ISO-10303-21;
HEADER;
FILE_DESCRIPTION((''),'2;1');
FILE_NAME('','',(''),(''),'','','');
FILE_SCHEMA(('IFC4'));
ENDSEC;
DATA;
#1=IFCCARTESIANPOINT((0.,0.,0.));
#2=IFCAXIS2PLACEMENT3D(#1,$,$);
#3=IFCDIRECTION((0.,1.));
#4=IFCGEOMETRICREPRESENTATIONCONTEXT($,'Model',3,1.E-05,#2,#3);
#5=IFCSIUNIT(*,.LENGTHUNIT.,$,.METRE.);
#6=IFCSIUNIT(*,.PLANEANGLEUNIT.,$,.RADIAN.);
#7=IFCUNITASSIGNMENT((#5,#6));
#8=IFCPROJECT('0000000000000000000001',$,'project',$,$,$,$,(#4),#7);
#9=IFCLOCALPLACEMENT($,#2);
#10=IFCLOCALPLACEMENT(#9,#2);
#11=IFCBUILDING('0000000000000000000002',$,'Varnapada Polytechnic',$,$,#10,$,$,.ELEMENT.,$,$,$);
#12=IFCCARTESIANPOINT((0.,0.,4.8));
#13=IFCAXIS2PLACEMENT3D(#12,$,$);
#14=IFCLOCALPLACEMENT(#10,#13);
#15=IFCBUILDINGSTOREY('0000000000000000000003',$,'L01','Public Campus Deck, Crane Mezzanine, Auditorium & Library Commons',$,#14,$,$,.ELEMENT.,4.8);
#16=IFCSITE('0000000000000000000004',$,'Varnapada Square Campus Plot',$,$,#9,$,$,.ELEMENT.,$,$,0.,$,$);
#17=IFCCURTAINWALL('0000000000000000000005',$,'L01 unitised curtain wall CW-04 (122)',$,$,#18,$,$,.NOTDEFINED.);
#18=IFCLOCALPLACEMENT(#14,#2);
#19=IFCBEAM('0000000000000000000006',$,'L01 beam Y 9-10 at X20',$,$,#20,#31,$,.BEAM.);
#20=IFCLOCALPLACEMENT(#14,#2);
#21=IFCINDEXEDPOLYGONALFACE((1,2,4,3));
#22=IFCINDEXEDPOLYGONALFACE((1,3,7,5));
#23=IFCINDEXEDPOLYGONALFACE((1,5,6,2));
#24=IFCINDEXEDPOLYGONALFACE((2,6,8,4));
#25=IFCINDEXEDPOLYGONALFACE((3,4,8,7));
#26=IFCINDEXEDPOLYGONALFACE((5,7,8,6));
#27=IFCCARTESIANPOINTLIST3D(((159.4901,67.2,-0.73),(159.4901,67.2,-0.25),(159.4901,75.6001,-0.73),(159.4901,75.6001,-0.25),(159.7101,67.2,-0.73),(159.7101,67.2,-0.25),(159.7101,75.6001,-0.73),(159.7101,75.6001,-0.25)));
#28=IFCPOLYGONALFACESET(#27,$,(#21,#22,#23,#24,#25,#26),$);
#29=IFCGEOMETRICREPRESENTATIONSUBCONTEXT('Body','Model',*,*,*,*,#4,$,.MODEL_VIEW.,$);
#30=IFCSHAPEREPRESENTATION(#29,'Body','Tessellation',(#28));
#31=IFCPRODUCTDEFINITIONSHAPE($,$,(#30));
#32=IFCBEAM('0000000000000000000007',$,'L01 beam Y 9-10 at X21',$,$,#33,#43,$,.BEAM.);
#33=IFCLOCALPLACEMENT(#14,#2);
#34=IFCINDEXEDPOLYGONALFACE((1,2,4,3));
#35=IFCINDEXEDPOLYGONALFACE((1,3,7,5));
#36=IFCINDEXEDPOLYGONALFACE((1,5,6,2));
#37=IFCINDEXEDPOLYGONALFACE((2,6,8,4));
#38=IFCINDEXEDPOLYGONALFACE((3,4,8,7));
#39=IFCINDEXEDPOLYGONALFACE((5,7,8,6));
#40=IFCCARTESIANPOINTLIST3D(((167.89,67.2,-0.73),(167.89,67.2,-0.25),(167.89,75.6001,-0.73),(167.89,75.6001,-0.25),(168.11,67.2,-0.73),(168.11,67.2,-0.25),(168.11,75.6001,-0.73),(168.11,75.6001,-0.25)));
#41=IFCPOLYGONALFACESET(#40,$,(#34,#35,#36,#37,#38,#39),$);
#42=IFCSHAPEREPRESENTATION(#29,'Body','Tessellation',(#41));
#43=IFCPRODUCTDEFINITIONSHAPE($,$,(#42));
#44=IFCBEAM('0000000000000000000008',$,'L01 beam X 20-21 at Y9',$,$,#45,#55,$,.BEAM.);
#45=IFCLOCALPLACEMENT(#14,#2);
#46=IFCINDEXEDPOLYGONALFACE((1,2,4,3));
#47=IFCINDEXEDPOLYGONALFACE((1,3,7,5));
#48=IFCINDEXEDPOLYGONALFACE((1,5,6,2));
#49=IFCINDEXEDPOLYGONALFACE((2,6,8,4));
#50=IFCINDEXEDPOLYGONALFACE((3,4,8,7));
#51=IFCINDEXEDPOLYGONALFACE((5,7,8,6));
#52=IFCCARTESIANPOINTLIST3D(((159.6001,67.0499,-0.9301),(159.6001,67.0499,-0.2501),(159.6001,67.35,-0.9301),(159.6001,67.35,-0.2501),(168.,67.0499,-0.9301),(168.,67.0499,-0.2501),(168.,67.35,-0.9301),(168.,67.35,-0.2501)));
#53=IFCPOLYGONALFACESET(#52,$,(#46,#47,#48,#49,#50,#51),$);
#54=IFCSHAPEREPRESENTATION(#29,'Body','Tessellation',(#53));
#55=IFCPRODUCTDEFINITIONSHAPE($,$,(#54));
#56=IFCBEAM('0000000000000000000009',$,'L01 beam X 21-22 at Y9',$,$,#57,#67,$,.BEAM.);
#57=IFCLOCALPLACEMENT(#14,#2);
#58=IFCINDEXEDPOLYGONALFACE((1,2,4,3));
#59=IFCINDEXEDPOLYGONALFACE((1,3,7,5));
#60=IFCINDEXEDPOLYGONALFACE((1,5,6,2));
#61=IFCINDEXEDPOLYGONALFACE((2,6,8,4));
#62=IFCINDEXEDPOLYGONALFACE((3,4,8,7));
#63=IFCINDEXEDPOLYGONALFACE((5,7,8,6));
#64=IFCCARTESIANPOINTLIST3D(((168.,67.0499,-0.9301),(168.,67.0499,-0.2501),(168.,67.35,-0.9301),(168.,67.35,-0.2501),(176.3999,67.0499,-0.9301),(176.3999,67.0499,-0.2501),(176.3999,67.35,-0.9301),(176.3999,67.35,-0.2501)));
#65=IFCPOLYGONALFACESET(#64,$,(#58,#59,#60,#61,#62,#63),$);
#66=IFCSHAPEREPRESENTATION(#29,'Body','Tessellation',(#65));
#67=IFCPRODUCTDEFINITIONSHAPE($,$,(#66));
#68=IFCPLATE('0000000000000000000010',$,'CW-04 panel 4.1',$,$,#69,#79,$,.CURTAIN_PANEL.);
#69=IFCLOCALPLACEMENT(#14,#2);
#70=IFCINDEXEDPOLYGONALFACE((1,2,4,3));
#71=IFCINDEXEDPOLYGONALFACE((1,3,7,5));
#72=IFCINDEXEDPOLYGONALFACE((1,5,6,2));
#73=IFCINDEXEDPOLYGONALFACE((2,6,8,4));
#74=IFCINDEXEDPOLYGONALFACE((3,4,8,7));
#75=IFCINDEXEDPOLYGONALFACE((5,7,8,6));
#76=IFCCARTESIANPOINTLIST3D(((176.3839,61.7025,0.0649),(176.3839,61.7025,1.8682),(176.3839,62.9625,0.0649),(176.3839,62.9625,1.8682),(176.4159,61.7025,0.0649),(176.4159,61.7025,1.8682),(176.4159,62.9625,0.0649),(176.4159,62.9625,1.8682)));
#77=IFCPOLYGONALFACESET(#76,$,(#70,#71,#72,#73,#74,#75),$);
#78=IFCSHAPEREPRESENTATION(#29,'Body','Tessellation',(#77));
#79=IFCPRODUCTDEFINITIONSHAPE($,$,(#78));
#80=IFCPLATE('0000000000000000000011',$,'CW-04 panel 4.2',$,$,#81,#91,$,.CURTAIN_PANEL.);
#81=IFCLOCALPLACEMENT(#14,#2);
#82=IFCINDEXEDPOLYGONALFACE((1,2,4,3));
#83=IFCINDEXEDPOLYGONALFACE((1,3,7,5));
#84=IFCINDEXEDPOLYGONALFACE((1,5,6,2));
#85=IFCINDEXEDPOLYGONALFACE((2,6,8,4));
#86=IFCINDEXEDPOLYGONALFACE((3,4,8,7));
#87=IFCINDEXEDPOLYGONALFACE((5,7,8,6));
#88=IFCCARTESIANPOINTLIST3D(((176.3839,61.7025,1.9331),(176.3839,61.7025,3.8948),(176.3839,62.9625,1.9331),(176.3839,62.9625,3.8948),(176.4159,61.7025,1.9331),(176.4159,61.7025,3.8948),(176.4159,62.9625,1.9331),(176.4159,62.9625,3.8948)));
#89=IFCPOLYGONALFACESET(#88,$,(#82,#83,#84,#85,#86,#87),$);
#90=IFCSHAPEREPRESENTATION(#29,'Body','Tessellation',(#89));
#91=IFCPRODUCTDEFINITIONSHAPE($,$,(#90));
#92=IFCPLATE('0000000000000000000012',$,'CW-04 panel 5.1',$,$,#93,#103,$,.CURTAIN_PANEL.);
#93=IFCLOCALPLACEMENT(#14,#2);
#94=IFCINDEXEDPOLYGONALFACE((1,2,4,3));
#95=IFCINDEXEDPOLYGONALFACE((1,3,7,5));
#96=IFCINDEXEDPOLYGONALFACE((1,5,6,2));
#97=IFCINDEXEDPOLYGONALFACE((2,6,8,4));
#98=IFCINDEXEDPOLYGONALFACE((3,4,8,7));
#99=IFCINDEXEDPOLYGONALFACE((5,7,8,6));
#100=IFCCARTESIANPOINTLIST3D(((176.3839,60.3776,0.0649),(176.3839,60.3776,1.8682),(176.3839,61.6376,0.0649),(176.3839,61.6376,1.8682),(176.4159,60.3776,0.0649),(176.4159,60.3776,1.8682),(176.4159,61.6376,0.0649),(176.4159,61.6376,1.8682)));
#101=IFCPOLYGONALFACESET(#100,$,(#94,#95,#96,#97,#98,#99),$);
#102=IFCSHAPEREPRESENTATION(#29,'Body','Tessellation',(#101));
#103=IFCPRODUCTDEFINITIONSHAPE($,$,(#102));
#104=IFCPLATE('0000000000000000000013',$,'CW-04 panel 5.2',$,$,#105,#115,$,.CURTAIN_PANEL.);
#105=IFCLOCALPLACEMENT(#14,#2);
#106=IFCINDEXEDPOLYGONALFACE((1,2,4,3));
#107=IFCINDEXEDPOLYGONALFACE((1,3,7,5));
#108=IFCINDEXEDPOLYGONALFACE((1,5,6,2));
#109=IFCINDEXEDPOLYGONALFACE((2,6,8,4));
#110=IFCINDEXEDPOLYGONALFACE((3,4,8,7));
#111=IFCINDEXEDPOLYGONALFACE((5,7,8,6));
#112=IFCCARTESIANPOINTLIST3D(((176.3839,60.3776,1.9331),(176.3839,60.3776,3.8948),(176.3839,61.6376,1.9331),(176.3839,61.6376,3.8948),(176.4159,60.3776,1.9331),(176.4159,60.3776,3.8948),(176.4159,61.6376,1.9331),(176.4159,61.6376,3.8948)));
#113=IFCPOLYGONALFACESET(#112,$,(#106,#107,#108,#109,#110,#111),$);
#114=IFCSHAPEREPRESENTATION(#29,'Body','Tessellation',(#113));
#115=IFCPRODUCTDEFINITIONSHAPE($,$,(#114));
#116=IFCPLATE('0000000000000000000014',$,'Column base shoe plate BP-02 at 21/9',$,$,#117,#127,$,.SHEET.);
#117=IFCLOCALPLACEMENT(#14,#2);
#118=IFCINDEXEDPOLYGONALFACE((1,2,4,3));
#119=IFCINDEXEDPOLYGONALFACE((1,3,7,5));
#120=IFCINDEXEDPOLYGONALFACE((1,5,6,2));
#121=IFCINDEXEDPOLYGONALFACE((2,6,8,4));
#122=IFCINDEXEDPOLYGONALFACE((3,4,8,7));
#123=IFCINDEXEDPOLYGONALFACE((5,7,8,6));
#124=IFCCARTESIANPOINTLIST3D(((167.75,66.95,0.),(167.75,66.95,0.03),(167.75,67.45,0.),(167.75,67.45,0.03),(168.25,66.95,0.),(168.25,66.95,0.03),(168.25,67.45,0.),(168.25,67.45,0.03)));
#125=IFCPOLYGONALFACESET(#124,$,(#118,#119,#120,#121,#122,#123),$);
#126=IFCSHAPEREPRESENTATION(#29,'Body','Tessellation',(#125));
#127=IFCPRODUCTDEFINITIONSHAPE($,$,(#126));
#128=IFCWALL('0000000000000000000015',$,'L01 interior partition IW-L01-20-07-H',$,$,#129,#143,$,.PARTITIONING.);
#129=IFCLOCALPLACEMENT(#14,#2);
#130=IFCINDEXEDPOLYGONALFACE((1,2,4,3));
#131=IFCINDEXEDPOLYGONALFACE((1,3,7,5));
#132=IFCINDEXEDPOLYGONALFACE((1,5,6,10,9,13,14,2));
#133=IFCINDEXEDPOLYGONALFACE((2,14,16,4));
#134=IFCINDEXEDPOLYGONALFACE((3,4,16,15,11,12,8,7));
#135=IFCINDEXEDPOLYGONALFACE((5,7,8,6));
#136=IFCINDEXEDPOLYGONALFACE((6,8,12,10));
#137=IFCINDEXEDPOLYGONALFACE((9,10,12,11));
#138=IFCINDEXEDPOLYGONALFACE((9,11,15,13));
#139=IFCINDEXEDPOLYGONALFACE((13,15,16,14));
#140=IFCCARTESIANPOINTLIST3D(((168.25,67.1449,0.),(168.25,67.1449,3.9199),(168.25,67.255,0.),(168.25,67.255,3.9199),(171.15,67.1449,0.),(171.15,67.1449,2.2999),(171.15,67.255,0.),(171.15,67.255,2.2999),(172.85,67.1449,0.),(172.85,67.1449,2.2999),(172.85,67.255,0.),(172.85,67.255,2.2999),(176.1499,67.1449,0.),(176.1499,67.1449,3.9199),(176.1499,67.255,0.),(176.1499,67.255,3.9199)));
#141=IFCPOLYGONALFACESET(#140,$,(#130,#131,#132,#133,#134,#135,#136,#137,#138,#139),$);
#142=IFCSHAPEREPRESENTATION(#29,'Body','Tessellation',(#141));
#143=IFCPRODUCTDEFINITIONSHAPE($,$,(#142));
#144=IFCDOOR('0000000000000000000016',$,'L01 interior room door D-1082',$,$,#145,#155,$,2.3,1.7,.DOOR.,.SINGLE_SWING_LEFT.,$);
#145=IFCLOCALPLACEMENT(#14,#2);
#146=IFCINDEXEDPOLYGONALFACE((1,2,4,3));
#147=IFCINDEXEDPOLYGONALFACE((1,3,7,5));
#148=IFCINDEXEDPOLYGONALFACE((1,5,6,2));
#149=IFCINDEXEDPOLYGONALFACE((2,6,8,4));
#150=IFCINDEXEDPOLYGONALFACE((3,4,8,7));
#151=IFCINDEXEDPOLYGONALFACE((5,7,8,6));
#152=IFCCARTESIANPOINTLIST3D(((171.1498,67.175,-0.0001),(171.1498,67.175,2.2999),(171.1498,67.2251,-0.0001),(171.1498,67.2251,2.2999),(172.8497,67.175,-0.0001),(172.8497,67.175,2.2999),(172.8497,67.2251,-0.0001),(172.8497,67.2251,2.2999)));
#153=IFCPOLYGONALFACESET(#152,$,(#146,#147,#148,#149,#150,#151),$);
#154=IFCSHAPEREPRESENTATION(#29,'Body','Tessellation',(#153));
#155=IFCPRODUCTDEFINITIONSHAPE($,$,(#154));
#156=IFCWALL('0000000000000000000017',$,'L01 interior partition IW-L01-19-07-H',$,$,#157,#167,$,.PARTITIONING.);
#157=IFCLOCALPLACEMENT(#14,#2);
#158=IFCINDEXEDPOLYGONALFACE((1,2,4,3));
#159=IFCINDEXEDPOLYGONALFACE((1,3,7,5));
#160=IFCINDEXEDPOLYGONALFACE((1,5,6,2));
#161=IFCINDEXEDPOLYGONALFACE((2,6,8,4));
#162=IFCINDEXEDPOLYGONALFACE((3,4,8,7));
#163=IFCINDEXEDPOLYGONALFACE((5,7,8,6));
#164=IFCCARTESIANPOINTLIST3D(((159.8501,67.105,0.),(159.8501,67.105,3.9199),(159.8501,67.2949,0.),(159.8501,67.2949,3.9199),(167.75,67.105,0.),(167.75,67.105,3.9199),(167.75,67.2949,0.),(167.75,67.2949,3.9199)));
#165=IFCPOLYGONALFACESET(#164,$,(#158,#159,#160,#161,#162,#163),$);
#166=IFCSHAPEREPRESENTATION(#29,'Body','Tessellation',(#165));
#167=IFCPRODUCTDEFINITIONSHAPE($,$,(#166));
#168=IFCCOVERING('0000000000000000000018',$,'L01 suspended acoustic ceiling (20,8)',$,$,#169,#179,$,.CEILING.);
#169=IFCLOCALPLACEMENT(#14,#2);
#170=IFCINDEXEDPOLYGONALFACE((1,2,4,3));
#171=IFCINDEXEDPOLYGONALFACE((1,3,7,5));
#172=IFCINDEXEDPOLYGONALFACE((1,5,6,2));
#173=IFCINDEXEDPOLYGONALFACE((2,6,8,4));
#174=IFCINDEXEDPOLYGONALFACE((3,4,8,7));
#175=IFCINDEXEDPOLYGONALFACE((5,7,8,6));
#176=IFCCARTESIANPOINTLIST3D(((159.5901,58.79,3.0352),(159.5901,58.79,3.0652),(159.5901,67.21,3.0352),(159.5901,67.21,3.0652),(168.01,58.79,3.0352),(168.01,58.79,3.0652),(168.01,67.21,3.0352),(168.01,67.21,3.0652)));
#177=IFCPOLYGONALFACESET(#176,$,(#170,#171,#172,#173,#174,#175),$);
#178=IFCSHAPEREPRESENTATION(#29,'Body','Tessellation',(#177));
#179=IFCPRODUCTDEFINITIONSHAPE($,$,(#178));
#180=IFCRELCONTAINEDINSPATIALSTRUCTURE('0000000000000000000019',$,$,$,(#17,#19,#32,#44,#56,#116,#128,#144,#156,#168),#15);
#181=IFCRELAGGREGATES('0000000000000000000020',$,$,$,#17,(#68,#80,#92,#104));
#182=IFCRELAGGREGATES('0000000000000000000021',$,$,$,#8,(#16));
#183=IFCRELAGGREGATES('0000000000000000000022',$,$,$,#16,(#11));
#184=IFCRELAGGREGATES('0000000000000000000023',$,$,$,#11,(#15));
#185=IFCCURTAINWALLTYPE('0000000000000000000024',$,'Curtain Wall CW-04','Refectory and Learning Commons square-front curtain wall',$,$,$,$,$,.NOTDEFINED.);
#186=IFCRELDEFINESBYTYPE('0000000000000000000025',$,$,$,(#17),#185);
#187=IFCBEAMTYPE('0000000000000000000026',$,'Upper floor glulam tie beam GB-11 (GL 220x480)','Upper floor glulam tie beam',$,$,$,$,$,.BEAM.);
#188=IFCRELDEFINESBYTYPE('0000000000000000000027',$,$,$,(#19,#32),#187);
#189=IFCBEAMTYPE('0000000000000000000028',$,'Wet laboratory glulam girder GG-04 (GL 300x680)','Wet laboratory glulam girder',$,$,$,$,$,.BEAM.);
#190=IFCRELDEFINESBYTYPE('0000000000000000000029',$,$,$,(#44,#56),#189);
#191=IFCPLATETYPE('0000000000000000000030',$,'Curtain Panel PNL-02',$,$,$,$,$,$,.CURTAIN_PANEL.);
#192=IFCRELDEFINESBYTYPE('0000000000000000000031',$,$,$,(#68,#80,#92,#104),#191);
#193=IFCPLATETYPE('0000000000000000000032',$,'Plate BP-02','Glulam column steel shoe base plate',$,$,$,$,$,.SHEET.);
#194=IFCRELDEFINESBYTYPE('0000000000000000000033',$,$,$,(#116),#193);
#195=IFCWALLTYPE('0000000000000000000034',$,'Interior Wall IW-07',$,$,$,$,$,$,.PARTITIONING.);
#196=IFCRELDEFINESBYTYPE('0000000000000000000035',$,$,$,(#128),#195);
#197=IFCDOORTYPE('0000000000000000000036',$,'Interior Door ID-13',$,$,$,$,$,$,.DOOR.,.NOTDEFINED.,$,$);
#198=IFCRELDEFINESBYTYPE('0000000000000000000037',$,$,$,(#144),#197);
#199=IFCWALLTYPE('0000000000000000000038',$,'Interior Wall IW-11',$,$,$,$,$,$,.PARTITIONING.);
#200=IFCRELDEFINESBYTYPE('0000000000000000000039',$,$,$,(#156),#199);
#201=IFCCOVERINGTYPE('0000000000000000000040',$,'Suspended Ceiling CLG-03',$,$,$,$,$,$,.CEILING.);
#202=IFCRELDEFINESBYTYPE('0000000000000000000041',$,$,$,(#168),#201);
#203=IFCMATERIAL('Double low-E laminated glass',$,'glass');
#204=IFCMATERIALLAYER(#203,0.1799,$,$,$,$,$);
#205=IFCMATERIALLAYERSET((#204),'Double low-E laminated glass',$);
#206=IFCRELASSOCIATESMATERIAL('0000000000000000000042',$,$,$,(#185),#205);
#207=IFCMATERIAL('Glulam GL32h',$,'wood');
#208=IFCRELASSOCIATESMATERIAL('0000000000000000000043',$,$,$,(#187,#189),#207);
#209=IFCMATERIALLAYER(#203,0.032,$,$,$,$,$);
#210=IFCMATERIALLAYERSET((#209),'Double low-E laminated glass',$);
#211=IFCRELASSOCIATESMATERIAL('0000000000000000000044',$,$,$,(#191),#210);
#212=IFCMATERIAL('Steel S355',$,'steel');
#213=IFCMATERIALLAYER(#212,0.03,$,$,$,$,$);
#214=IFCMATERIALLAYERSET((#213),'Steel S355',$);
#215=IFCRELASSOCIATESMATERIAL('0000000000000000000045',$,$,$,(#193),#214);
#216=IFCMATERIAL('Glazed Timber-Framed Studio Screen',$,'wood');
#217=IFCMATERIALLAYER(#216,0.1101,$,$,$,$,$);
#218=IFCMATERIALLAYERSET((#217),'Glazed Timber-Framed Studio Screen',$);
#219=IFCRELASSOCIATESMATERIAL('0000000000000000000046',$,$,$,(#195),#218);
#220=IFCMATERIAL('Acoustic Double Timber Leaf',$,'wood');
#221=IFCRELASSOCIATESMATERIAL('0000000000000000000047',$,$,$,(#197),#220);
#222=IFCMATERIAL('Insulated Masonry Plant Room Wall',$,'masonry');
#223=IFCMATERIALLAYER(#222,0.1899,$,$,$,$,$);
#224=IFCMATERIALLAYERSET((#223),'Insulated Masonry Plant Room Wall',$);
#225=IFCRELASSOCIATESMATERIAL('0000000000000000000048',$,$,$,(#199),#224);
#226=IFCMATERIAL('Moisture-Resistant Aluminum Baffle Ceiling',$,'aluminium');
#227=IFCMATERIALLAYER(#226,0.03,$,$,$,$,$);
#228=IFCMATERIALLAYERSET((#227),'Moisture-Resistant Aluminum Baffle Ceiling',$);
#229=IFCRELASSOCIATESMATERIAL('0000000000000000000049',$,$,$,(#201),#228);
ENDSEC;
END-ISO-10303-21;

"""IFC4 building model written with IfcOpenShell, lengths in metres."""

from ifc_helpers import new_model, si_unit, direction, frame, frame_2d, origin, origin_2d, place, context, subcontext, project, spatial, rectangle, extrude, material, layer, layer_set, material_profile, profile_set, type_object, element, fill, aggregate, save


model = new_model("IFC4")

# Units and contexts
model_context = context("Model", 3, precision=1e-05, world=origin(), true_north=direction((0.0, 1.0)))
body_context = subcontext(model_context, "Body", "Model", "MODEL_VIEW")
ifc_project = project(units=[si_unit("LENGTHUNIT", "METRE"), si_unit("PLANEANGLEUNIT", "RADIAN")], contexts=[model_context])

# Site, building, storey
site_placement = place(None, origin())
site = spatial("IfcSite", under=ifc_project, at=site_placement, Name="Varnapada Square Campus Plot", CompositionType="ELEMENT", RefElevation=0.0)
building_placement = place(site_placement, origin())
building = spatial("IfcBuilding", under=site, at=building_placement, Name="Varnapada Polytechnic", CompositionType="ELEMENT")
storey_placement = place(building_placement, frame((0.0, 0.0, 4.8)))
storey = spatial("IfcBuildingStorey", under=building, at=storey_placement, Name="L01", Description="Public Campus Deck, Crane Mezzanine, Auditorium & Library Commons", CompositionType="ELEMENT", Elevation=4.8)

# Shared definitions
ifc_material_1 = material(Name="Glulam GL32h", Category="wood")

# Curtain wall
ifc_material_2 = material(Name="Double low-E laminated glass", Category="glass")
ifc_layer_1 = layer(ifc_material_2, 0.1799)
ifc_layer_set_1 = layer_set([ifc_layer_1], Name="Double low-E laminated glass")
curtain_wall_type = type_object("IfcCurtainWallType", Name="Curtain Wall CW-04", Description="Refectory and Learning Commons square-front curtain wall", PredefinedType="NOTDEFINED", material=ifc_layer_set_1)
curtain_wall_placement = place(storey_placement, origin())
curtain_wall = element("IfcCurtainWall", 1, at=curtain_wall_placement, inside=storey, type_object=curtain_wall_type, Name="L01 unitised curtain wall CW-04 (122)", PredefinedType="NOTDEFINED")

# Beams
ifc_material_profile_1 = material_profile(ifc_material_1, rectangle(XDim=0.22, YDim=0.48, at=origin_2d()), Name="GL 220x480")
ifc_profile_set_1 = profile_set([ifc_material_profile_1], Name="Glulam GL32h")
beam_type_1 = type_object("IfcBeamType", Name="Upper floor glulam tie beam GB-11 (GL 220x480)", Description="Upper floor glulam tie beam", PredefinedType="BEAM", material=ifc_profile_set_1)
for number, where, z_axis, x_axis, name in (
    (2, (159.6001, 67.2, -0.49), (0.0, 1.0, 0.0), (-1.0, 0.0, 0.0), "L01 beam Y 9-10 at X20"),
    (3, (168.0, 67.2, -0.49), (0.0, 1.0, 0.0), (-1.0, 0.0, 0.0), "L01 beam Y 9-10 at X21"),
):
    element("IfcBeam", number, at=place(storey_placement, frame(where, z_axis=z_axis, x_axis=x_axis)), inside=storey, type_object=beam_type_1, Name=name, PredefinedType="BEAM", context=body_context, shape_type="SweptSolid", body=[
        extrude(rectangle(XDim=0.22, YDim=0.48, at=origin_2d()), origin(), (0.0, 0.0, 1.0), 8.4001),
    ])
ifc_material_profile_2 = material_profile(ifc_material_1, rectangle(XDim=0.3, YDim=0.6799, at=origin_2d()), Name="GL 300x680")
ifc_profile_set_2 = profile_set([ifc_material_profile_2], Name="Glulam GL32h")
beam_type_2 = type_object("IfcBeamType", Name="Wet laboratory glulam girder GG-04 (GL 300x680)", Description="Wet laboratory glulam girder", PredefinedType="BEAM", material=ifc_profile_set_2)
for number, where, z_axis, x_axis, name in (
    (4, (159.6001, 67.2, -0.5901), (1.0, 0.0, 0.0), (0.0, 1.0, 0.0), "L01 beam X 20-21 at Y9"),
    (5, (168.0, 67.2, -0.5901), (1.0, 0.0, 0.0), (0.0, 1.0, 0.0), "L01 beam X 21-22 at Y9"),
):
    element("IfcBeam", number, at=place(storey_placement, frame(where, z_axis=z_axis, x_axis=x_axis)), inside=storey, type_object=beam_type_2, Name=name, PredefinedType="BEAM", context=body_context, shape_type="SweptSolid", body=[
        extrude(rectangle(XDim=0.3, YDim=0.6799, at=origin_2d()), origin(), (0.0, 0.0, 1.0), 8.3999),
    ])

# Plates
ifc_layer_2 = layer(ifc_material_2, 0.032)
ifc_layer_set_2 = layer_set([ifc_layer_2], Name="Double low-E laminated glass")
plate_type_1 = type_object("IfcPlateType", Name="Curtain Panel PNL-02", PredefinedType="CURTAIN_PANEL", material=ifc_layer_set_2)
plate_1_placement = place(storey_placement, frame((176.3999, 62.3325, 0.0649), z_axis=(0.0, 0.0, 1.0), x_axis=(0.0, -1.0, 0.0)))
plate_1 = element("IfcPlate", 6, at=plate_1_placement, type_object=plate_type_1, Name="CW-04 panel 4.1", PredefinedType="CURTAIN_PANEL", context=body_context, shape_type="SweptSolid", body=[
    extrude(rectangle(XDim=1.26, YDim=0.032, at=origin_2d()), origin(), (0.0, 0.0, 1.0), 1.8032),
])
plate_2_placement = place(storey_placement, frame((176.3999, 62.3325, 1.9331), z_axis=(0.0, 0.0, 1.0), x_axis=(0.0, -1.0, 0.0)))
plate_2 = element("IfcPlate", 7, at=plate_2_placement, type_object=plate_type_1, Name="CW-04 panel 4.2", PredefinedType="CURTAIN_PANEL", context=body_context, shape_type="SweptSolid", body=[
    extrude(rectangle(XDim=1.26, YDim=0.032, at=origin_2d()), origin(), (0.0, 0.0, 1.0), 1.9617),
])
plate_3_placement = place(storey_placement, frame((176.3999, 61.0076, 0.0649), z_axis=(0.0, 0.0, 1.0), x_axis=(0.0, -1.0, 0.0)))
plate_3 = element("IfcPlate", 8, at=plate_3_placement, type_object=plate_type_1, Name="CW-04 panel 5.1", PredefinedType="CURTAIN_PANEL", context=body_context, shape_type="SweptSolid", body=[
    extrude(rectangle(XDim=1.26, YDim=0.032, at=origin_2d()), origin(), (0.0, 0.0, 1.0), 1.8032),
])
plate_4_placement = place(storey_placement, frame((176.3999, 61.0076, 1.9331), z_axis=(0.0, 0.0, 1.0), x_axis=(0.0, -1.0, 0.0)))
plate_4 = element("IfcPlate", 9, at=plate_4_placement, type_object=plate_type_1, Name="CW-04 panel 5.2", PredefinedType="CURTAIN_PANEL", context=body_context, shape_type="SweptSolid", body=[
    extrude(rectangle(XDim=1.26, YDim=0.032, at=origin_2d()), origin(), (0.0, 0.0, 1.0), 1.9617),
])
aggregate(curtain_wall, [plate_1, plate_2, plate_3, plate_4])
ifc_material_3 = material(Name="Steel S355", Category="steel")
ifc_layer_3 = layer(ifc_material_3, 0.03)
ifc_layer_set_3 = layer_set([ifc_layer_3], Name="Steel S355")
plate_type_2 = type_object("IfcPlateType", Name="Plate BP-02", Description="Glulam column steel shoe base plate", PredefinedType="SHEET", material=ifc_layer_set_3)
plate_5_placement = place(storey_placement, frame((168.0, 67.2, 0.0), z_axis=(0.0, 0.0, 1.0), x_axis=(1.0, 0.0, 0.0)))
element("IfcPlate", 10, at=plate_5_placement, inside=storey, type_object=plate_type_2, Name="Column base shoe plate BP-02 at 21/9", PredefinedType="SHEET", context=body_context, shape_type="SweptSolid", body=[
    extrude(rectangle(XDim=0.5, YDim=0.5, at=origin_2d()), origin(), (0.0, 0.0, 1.0), 0.03),
])

# Wall, opening, door
ifc_material_4 = material(Name="Glazed Timber-Framed Studio Screen", Category="wood")
ifc_layer_4 = layer(ifc_material_4, 0.1101)
ifc_layer_set_4 = layer_set([ifc_layer_4], Name="Glazed Timber-Framed Studio Screen")
wall_type_1 = type_object("IfcWallType", Name="Interior Wall IW-07", PredefinedType="PARTITIONING", material=ifc_layer_set_4)
wall_1_placement = place(storey_placement, frame((168.25, 67.2, 0.0), z_axis=(0.0, 0.0, 1.0), x_axis=(1.0, 0.0, 0.0)))
wall_1 = element("IfcWall", 11, at=wall_1_placement, inside=storey, type_object=wall_type_1, Name="L01 interior partition IW-L01-20-07-H", PredefinedType="PARTITIONING", context=body_context, shape_type="SweptSolid", body=[
    extrude(rectangle(XDim=7.8999, YDim=0.1101, at=frame_2d((3.95, 0.0))), origin(), (0.0, 0.0, 1.0), 3.9199),
])
opening_placement = place(wall_1_placement, frame((2.8999, 0.0, 0.0)))
opening = element("IfcOpeningElement", 12, at=opening_placement, cuts=wall_1, PredefinedType="OPENING", context=body_context, shape_type="SweptSolid", body=[
    extrude(rectangle(XDim=1.7, YDim=2.3, at=frame_2d((0.8501, 1.1499))), frame((0.0, 0.0649, 0.0), z_axis=(0.0, -1.0, 0.0), x_axis=(1.0, 0.0, 0.0)), (0.0, 0.0, 1.0), 0.1301),
])
ifc_material_5 = material(Name="Acoustic Double Timber Leaf", Category="wood")
door_type = type_object("IfcDoorType", Name="Interior Door ID-13", OperationType="NOTDEFINED", PredefinedType="DOOR", material=ifc_material_5)
door_placement = place(opening_placement, frame((1.7, 0.0, 0.0), z_axis=(0.0, 0.0, 1.0), x_axis=(-1.0, 0.0, 0.0)))
door = element("IfcDoor", 13, at=door_placement, inside=storey, type_object=door_type, Name="L01 interior room door D-1082", OperationType="SINGLE_SWING_LEFT", OverallHeight=2.3, OverallWidth=1.7, PredefinedType="DOOR", context=body_context, shape_type="SweptSolid", body=[
    extrude(rectangle(XDim=1.7, YDim=2.3, at=frame_2d((0.8501, 1.1499))), frame((0.0, 0.0249, 0.0), z_axis=(0.0, -1.0, 0.0), x_axis=(1.0, 0.0, 0.0)), (0.0, 0.0, 1.0), 0.05),
])
fill(opening, door)

# Wall
ifc_material_6 = material(Name="Insulated Masonry Plant Room Wall", Category="masonry")
ifc_layer_5 = layer(ifc_material_6, 0.1899)
ifc_layer_set_5 = layer_set([ifc_layer_5], Name="Insulated Masonry Plant Room Wall")
wall_type_2 = type_object("IfcWallType", Name="Interior Wall IW-11", PredefinedType="PARTITIONING", material=ifc_layer_set_5)
wall_2_placement = place(storey_placement, frame((159.8501, 67.2, 0.0), z_axis=(0.0, 0.0, 1.0), x_axis=(1.0, 0.0, 0.0)))
element("IfcWall", 14, at=wall_2_placement, inside=storey, type_object=wall_type_2, Name="L01 interior partition IW-L01-19-07-H", PredefinedType="PARTITIONING", context=body_context, shape_type="SweptSolid", body=[
    extrude(rectangle(XDim=7.8999, YDim=0.1899, at=frame_2d((3.95, 0.0))), origin(), (0.0, 0.0, 1.0), 3.9199),
])

# Covering
ifc_material_7 = material(Name="Moisture-Resistant Aluminum Baffle Ceiling", Category="aluminium")
ifc_layer_6 = layer(ifc_material_7, 0.03)
ifc_layer_set_6 = layer_set([ifc_layer_6], Name="Moisture-Resistant Aluminum Baffle Ceiling")
covering_type_1 = type_object("IfcCoveringType", Name="Suspended Ceiling CLG-03", PredefinedType="CEILING", material=ifc_layer_set_6)
covering_1_placement = place(storey_placement, frame((163.8, 63.0, 3.0352), z_axis=(0.0, 0.0, 1.0), x_axis=(1.0, 0.0, 0.0)))
element("IfcCovering", 15, at=covering_1_placement, inside=storey, type_object=covering_type_1, Name="L01 suspended acoustic ceiling (20,8)", PredefinedType="CEILING", context=body_context, shape_type="SweptSolid", body=[
    extrude(rectangle(XDim=8.4199, YDim=8.4199, at=origin_2d()), origin(), (0.0, 0.0, 1.0), 0.03),
])

save(model, "model.ifc")
